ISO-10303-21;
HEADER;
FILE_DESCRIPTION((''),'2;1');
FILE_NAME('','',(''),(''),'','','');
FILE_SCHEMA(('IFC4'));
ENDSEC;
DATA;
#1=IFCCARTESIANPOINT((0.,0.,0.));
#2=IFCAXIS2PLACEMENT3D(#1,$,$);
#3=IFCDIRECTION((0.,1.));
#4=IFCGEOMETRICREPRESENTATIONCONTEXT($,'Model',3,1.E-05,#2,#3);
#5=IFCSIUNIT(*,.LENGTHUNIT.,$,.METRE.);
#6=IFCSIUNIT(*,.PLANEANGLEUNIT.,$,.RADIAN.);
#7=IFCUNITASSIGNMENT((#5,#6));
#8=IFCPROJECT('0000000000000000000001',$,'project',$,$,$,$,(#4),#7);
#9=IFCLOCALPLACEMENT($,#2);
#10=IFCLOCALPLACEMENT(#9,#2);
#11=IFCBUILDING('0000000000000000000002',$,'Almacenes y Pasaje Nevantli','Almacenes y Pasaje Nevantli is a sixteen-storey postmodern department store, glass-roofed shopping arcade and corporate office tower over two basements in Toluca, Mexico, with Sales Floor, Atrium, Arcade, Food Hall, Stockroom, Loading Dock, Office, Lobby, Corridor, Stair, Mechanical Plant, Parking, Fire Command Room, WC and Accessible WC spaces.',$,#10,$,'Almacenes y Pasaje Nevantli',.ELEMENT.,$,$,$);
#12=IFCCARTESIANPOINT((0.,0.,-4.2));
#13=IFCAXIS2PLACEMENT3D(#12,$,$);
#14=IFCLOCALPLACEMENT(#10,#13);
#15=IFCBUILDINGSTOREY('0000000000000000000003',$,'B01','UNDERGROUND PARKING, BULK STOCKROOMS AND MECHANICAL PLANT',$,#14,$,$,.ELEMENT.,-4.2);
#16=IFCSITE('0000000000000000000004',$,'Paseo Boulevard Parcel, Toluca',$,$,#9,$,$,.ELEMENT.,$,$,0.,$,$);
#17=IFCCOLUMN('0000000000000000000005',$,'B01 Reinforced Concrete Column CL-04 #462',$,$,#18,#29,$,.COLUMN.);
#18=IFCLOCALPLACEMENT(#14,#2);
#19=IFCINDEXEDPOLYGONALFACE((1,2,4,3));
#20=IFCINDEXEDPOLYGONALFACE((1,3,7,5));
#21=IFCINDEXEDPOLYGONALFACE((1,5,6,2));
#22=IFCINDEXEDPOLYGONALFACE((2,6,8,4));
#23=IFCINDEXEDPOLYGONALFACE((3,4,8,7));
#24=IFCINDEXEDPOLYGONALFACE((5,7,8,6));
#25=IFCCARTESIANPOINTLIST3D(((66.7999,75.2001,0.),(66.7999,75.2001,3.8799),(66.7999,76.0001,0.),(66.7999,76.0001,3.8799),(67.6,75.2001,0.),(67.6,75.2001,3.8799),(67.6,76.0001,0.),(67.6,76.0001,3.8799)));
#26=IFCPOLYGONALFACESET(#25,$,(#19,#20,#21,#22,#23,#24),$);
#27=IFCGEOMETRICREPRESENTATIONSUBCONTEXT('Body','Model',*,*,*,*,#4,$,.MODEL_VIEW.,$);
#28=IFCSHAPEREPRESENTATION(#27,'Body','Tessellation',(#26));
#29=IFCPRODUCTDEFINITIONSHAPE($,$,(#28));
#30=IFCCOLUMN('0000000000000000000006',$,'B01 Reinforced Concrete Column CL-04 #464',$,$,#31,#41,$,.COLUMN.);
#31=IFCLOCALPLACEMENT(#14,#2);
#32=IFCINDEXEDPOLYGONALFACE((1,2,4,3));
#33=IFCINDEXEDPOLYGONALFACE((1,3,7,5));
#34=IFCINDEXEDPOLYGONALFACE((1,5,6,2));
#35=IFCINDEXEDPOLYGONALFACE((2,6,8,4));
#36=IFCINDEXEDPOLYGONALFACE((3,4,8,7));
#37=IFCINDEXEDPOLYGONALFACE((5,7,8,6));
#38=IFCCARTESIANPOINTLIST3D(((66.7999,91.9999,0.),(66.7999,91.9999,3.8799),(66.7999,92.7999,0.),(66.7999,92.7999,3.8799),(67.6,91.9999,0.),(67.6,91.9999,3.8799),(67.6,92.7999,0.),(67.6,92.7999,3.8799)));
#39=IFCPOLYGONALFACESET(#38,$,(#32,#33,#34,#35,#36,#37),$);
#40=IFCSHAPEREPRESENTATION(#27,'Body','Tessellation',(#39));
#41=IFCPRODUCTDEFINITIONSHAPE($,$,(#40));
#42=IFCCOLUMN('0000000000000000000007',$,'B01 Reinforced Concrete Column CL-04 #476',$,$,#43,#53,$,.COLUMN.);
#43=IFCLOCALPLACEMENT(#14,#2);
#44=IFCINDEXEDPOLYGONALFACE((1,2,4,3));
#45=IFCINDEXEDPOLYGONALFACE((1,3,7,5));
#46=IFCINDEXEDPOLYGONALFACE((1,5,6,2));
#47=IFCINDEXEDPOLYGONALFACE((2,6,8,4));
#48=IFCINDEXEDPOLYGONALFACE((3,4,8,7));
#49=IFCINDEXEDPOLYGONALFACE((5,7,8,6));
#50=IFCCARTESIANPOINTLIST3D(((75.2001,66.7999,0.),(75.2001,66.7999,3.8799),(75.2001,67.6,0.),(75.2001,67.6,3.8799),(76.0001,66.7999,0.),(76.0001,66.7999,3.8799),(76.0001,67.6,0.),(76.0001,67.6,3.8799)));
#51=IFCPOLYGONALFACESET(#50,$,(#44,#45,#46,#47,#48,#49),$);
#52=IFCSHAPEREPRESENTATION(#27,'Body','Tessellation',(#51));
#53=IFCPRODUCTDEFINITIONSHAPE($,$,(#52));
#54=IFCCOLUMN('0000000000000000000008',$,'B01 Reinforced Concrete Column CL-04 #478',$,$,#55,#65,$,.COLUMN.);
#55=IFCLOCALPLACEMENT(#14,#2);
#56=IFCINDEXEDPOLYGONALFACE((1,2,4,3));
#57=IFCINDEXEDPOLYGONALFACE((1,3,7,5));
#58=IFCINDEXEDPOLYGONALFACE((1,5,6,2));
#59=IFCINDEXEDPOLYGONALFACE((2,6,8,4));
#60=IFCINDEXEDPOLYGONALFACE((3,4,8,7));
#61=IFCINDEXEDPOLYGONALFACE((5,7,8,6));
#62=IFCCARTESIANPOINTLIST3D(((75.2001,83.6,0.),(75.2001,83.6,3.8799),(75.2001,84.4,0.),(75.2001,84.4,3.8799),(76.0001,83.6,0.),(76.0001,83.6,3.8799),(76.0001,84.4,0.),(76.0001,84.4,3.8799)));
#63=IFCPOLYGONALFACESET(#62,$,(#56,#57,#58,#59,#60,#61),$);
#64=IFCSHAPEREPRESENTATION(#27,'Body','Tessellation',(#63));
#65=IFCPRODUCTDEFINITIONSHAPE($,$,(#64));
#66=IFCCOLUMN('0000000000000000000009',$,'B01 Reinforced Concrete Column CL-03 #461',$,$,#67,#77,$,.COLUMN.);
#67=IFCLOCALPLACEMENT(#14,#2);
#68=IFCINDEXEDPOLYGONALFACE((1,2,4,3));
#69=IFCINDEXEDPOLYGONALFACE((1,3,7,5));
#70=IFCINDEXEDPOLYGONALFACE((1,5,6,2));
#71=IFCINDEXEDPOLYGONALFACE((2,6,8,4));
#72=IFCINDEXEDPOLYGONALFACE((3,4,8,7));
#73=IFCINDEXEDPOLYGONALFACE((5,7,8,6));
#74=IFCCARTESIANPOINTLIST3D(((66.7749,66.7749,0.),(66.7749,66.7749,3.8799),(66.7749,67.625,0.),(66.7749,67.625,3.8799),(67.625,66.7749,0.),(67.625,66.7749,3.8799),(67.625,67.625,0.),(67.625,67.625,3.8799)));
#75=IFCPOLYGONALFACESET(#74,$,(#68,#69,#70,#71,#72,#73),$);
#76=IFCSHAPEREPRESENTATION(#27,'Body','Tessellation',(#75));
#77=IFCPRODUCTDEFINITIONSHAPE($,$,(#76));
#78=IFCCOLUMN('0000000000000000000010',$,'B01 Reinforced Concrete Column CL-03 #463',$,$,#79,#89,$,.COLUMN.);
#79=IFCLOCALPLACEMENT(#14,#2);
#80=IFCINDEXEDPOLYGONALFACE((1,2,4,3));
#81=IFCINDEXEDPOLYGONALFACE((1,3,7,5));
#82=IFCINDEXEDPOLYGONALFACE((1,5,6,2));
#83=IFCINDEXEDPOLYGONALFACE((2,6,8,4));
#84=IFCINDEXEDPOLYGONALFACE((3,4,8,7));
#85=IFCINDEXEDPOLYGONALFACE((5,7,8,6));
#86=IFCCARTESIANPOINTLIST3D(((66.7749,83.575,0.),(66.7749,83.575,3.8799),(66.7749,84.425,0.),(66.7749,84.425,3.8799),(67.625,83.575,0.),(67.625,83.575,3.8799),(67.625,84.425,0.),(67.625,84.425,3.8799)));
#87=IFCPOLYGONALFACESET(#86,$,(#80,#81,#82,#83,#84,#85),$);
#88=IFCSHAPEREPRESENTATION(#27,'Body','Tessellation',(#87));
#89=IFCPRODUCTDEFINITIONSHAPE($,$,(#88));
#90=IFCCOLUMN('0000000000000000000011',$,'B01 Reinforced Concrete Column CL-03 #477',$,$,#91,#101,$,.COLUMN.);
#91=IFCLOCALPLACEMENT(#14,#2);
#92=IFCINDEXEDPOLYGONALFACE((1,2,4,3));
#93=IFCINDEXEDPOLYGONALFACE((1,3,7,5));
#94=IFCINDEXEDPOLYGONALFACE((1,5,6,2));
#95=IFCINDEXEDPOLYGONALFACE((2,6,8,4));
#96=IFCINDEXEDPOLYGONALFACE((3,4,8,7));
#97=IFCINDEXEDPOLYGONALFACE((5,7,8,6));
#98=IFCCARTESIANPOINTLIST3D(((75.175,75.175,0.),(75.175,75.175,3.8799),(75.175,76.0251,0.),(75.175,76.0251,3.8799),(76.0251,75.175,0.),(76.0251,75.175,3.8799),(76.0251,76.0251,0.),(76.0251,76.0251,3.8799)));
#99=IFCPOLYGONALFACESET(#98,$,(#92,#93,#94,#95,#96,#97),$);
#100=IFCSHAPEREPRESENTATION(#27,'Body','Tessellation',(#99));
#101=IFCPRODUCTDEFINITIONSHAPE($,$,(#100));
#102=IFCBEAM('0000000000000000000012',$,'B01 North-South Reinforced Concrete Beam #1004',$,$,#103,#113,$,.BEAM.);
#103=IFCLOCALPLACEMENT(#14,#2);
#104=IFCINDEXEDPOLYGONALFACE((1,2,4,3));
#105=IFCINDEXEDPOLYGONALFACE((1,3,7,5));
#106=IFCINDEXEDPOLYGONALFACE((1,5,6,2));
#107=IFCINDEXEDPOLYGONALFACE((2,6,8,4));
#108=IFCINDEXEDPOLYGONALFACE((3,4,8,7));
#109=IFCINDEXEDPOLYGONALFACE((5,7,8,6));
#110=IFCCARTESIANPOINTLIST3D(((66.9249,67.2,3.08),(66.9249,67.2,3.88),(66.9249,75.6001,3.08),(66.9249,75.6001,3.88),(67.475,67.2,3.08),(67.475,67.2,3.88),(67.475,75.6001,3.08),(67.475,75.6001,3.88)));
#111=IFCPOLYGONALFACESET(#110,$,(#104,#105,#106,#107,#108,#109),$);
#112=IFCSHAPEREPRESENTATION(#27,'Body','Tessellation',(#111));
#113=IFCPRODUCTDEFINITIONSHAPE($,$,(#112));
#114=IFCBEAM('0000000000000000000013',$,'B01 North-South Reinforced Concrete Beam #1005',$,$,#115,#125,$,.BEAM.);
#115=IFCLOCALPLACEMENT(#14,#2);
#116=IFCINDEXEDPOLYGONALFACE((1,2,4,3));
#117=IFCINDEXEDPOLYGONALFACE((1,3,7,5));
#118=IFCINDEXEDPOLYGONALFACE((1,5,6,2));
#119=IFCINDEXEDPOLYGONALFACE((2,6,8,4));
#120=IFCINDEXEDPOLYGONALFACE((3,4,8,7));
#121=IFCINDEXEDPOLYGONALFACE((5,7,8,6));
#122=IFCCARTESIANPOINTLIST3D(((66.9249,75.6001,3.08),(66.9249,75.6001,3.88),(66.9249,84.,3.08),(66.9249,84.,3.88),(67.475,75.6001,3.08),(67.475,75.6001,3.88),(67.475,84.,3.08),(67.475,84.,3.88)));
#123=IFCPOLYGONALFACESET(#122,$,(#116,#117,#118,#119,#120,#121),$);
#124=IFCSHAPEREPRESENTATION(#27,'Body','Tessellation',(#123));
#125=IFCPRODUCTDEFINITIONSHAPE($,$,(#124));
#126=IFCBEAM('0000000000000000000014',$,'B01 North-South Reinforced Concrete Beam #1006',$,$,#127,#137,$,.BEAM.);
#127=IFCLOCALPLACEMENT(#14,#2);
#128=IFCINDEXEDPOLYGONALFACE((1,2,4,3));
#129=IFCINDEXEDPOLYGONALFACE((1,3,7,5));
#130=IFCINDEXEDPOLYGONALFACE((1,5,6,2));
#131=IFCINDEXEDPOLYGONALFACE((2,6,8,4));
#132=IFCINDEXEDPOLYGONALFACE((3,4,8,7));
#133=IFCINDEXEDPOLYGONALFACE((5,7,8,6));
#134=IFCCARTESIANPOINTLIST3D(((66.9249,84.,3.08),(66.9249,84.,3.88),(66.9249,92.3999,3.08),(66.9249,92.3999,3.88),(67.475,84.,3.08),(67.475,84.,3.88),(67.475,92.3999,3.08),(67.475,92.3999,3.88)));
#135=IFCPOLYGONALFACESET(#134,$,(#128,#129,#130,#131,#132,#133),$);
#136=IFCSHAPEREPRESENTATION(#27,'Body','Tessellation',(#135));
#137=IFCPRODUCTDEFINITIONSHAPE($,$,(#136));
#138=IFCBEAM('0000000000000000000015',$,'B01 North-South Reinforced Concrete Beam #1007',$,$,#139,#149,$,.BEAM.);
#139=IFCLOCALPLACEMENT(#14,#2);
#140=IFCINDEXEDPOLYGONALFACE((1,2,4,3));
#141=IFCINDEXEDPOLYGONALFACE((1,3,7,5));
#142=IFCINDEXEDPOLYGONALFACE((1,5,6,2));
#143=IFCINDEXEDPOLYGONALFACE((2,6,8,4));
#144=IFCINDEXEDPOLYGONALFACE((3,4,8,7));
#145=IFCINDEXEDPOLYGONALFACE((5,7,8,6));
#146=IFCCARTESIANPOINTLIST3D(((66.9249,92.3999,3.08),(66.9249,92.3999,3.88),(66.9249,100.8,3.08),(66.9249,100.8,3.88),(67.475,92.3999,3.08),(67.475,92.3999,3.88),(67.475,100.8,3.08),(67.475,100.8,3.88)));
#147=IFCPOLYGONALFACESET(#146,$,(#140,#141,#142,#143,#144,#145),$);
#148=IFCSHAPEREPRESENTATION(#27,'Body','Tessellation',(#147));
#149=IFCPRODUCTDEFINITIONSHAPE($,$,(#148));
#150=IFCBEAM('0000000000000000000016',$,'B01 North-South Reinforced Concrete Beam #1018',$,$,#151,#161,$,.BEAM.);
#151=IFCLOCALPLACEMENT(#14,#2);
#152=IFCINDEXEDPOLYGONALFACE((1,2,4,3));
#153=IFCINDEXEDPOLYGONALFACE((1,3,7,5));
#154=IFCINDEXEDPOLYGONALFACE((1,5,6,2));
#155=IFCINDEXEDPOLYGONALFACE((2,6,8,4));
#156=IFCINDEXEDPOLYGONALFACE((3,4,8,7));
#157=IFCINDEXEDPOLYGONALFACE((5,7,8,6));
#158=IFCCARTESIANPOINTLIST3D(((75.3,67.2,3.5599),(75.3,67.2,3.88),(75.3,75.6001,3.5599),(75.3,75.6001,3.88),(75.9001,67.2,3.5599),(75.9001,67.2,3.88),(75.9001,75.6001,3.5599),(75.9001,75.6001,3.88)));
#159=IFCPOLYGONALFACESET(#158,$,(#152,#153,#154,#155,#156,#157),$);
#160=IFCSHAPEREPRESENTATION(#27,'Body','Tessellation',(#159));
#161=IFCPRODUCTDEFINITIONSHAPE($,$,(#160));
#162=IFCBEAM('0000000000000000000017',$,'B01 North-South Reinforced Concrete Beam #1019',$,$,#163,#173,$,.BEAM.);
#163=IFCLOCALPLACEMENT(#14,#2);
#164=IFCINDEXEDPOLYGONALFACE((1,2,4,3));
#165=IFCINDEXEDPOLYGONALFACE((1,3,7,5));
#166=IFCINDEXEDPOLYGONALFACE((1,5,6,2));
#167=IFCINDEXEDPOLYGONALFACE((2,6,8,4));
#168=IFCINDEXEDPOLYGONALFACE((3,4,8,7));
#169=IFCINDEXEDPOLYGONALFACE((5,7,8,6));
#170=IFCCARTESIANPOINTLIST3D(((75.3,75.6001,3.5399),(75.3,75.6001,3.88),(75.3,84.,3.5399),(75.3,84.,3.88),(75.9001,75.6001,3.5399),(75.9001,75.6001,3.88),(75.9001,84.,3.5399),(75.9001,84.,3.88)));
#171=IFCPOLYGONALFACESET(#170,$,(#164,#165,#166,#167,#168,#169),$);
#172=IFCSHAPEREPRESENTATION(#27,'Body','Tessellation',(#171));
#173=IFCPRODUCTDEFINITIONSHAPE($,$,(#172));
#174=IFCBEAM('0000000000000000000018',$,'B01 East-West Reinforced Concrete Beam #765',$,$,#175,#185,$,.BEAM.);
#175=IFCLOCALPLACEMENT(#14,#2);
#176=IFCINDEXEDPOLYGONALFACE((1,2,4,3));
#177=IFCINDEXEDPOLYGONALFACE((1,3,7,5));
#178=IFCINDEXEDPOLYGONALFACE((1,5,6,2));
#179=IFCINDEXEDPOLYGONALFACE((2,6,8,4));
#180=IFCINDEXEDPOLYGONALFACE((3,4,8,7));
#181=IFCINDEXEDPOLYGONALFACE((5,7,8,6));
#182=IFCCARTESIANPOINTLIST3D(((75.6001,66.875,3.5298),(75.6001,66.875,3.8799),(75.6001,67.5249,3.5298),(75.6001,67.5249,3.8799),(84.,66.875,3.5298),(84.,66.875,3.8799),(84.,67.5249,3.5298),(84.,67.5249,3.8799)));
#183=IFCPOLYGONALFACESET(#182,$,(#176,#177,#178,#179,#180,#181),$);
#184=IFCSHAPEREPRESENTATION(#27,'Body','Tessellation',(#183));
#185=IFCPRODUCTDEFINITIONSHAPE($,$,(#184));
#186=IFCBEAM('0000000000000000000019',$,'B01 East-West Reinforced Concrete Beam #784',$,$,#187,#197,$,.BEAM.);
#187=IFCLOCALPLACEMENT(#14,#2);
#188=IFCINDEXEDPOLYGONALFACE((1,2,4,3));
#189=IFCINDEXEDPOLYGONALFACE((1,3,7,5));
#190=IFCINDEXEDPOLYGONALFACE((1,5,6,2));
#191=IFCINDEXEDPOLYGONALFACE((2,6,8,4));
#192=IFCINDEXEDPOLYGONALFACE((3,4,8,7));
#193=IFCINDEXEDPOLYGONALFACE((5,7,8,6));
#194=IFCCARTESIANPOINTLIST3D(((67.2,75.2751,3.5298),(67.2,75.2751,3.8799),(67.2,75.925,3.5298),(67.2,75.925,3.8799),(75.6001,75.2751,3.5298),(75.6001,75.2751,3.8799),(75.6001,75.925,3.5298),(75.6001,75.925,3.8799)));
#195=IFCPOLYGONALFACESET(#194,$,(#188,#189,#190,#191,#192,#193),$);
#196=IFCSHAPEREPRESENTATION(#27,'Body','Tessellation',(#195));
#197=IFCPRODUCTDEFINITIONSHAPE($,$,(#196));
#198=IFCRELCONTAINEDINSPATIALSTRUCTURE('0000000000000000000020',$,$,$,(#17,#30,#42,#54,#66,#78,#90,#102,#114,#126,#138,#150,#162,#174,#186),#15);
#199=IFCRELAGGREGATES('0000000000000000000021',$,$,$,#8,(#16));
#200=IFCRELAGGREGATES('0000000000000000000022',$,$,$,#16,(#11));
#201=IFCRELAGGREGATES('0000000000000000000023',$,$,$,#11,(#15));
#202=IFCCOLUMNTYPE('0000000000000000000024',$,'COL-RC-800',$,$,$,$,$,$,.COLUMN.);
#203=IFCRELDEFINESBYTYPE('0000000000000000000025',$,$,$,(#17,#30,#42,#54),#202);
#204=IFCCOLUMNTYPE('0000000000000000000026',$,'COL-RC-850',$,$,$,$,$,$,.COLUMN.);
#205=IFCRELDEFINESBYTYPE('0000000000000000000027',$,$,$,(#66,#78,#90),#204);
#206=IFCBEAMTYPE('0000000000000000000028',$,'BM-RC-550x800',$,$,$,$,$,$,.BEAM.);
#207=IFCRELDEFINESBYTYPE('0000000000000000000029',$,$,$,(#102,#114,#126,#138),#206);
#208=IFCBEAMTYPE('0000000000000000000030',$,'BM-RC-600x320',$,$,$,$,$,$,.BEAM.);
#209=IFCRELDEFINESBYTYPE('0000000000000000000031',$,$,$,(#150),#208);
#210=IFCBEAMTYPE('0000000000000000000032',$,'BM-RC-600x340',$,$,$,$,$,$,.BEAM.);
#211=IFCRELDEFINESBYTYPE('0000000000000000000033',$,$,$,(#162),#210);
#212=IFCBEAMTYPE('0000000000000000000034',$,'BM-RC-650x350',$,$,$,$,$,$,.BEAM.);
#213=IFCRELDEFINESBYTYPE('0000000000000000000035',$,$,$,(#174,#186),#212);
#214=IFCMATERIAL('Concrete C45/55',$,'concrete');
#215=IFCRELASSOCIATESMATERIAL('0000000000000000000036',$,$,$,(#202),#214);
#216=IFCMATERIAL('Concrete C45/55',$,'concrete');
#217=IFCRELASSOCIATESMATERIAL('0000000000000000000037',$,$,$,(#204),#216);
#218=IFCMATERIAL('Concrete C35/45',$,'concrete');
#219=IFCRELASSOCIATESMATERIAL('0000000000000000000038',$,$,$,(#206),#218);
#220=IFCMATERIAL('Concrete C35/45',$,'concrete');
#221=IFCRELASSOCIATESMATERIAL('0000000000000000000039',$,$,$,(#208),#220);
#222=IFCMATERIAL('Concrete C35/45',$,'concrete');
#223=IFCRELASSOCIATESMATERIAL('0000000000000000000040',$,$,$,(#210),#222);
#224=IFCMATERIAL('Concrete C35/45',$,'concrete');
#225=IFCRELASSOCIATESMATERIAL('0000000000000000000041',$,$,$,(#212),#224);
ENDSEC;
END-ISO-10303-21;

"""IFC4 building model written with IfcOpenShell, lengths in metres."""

from ifc_helpers import new_model, si_unit, direction, frame, origin, origin_2d, place, context, subcontext, project, spatial, rectangle, extrude, material, material_profile, profile_set, type_object, element, save


model = new_model("IFC4")

# Units and contexts
model_context = context("Model", 3, precision=1e-05, world=origin(), true_north=direction((0.0, 1.0)))
body_context = subcontext(model_context, "Body", "Model", "MODEL_VIEW")
ifc_project = project(units=[si_unit("LENGTHUNIT", "METRE"), si_unit("PLANEANGLEUNIT", "RADIAN")], contexts=[model_context])

# Site, building, storey
site_placement = place(None, origin())
site = spatial("IfcSite", under=ifc_project, at=site_placement, Name="Paseo Boulevard Parcel, Toluca", CompositionType="ELEMENT", RefElevation=0.0)
building_placement = place(site_placement, origin())
building = spatial("IfcBuilding", under=site, at=building_placement, Name="Almacenes y Pasaje Nevantli", Description="Almacenes y Pasaje Nevantli is a sixteen-storey postmodern department store, glass-roofed shopping arcade and corporate office tower over two basements in Toluca, Mexico, with Sales Floor, Atrium, Arcade, Food Hall, Stockroom, Loading Dock, Office, Lobby, Corridor, Stair, Mechanical Plant, Parking, Fire Command Room, WC and Accessible WC spaces.", LongName="Almacenes y Pasaje Nevantli", CompositionType="ELEMENT")
storey_placement = place(building_placement, frame((0.0, 0.0, -4.2)))
storey = spatial("IfcBuildingStorey", under=building, at=storey_placement, Name="B01", Description="UNDERGROUND PARKING, BULK STOCKROOMS AND MECHANICAL PLANT", CompositionType="ELEMENT", Elevation=-4.2)

# Columns
ifc_material_1 = material(Name="Concrete C45/55", Category="concrete")
ifc_material_profile_1 = material_profile(ifc_material_1, rectangle(XDim=0.8, YDim=0.8, at=origin_2d()), Name="RC-COL-800x800")
ifc_profile_set_1 = profile_set([ifc_material_profile_1], Name="Concrete C45/55")
column_type_1 = type_object("IfcColumnType", Name="COL-RC-800", PredefinedType="COLUMN", material=ifc_profile_set_1)
for number, where, z_axis, x_axis, name in (
    (1, (67.2, 75.6001, 0.0), (0.0, 0.0, 1.0), (1.0, 0.0, 0.0), "B01 Reinforced Concrete Column CL-04 #462"),
    (2, (67.2, 92.3999, 0.0), (0.0, 0.0, 1.0), (1.0, 0.0, 0.0), "B01 Reinforced Concrete Column CL-04 #464"),
    (3, (75.6001, 67.2, 0.0), (0.0, 0.0, 1.0), (1.0, 0.0, 0.0), "B01 Reinforced Concrete Column CL-04 #476"),
    (4, (75.6001, 84.0, 0.0), (0.0, 0.0, 1.0), (1.0, 0.0, 0.0), "B01 Reinforced Concrete Column CL-04 #478"),
):
    element("IfcColumn", number, at=place(storey_placement, frame(where, z_axis=z_axis, x_axis=x_axis)), inside=storey, type_object=column_type_1, Name=name, PredefinedType="COLUMN", context=body_context, shape_type="SweptSolid", body=[
        extrude(rectangle(XDim=0.8, YDim=0.8, at=origin_2d()), origin(), (0.0, 0.0, 1.0), 3.8799),
    ])
ifc_material_2 = material(Name="Concrete C45/55", Category="concrete")
ifc_material_profile_2 = material_profile(ifc_material_2, rectangle(XDim=0.8501, YDim=0.8501, at=origin_2d()), Name="RC-COL-850x850")
ifc_profile_set_2 = profile_set([ifc_material_profile_2], Name="Concrete C45/55")
column_type_2 = type_object("IfcColumnType", Name="COL-RC-850", PredefinedType="COLUMN", material=ifc_profile_set_2)
for number, where, z_axis, x_axis, name in (
    (5, (67.2, 67.2, 0.0), (0.0, 0.0, 1.0), (1.0, 0.0, 0.0), "B01 Reinforced Concrete Column CL-03 #461"),
    (6, (67.2, 84.0, 0.0), (0.0, 0.0, 1.0), (1.0, 0.0, 0.0), "B01 Reinforced Concrete Column CL-03 #463"),
    (7, (75.6001, 75.6001, 0.0), (0.0, 0.0, 1.0), (1.0, 0.0, 0.0), "B01 Reinforced Concrete Column CL-03 #477"),
):
    element("IfcColumn", number, at=place(storey_placement, frame(where, z_axis=z_axis, x_axis=x_axis)), inside=storey, type_object=column_type_2, Name=name, PredefinedType="COLUMN", context=body_context, shape_type="SweptSolid", body=[
        extrude(rectangle(XDim=0.8501, YDim=0.8501, at=origin_2d()), origin(), (0.0, 0.0, 1.0), 3.8799),
    ])

# Beams
ifc_material_3 = material(Name="Concrete C35/45", Category="concrete")
ifc_material_profile_3 = material_profile(ifc_material_3, rectangle(XDim=0.55, YDim=0.8, at=origin_2d()), Name="RC-BM-550x800")
ifc_profile_set_3 = profile_set([ifc_material_profile_3], Name="Concrete C35/45")
beam_type_1 = type_object("IfcBeamType", Name="BM-RC-550x800", PredefinedType="BEAM", material=ifc_profile_set_3)
beam_1_placement = place(storey_placement, frame((67.2, 67.2, 3.48), z_axis=(0.0, 1.0, 0.0), x_axis=(-1.0, 0.0, 0.0)))
element("IfcBeam", 8, at=beam_1_placement, inside=storey, type_object=beam_type_1, Name="B01 North-South Reinforced Concrete Beam #1004", PredefinedType="BEAM", context=body_context, shape_type="SweptSolid", body=[
    extrude(rectangle(XDim=0.55, YDim=0.8, at=origin_2d()), origin(), (0.0, 0.0, 1.0), 8.4001),
])
for number, where, z_axis, x_axis, name in (
    (9, (67.2, 75.6001, 3.48), (0.0, 1.0, 0.0), (-1.0, 0.0, 0.0), "B01 North-South Reinforced Concrete Beam #1005"),
    (10, (67.2, 84.0, 3.48), (0.0, 1.0, 0.0), (-1.0, 0.0, 0.0), "B01 North-South Reinforced Concrete Beam #1006"),
):
    element("IfcBeam", number, at=place(storey_placement, frame(where, z_axis=z_axis, x_axis=x_axis)), inside=storey, type_object=beam_type_1, Name=name, PredefinedType="BEAM", context=body_context, shape_type="SweptSolid", body=[
        extrude(rectangle(XDim=0.55, YDim=0.8, at=origin_2d()), origin(), (0.0, 0.0, 1.0), 8.3999),
    ])
beam_2_placement = place(storey_placement, frame((67.2, 92.3999, 3.48), z_axis=(0.0, 1.0, 0.0), x_axis=(-1.0, 0.0, 0.0)))
element("IfcBeam", 11, at=beam_2_placement, inside=storey, type_object=beam_type_1, Name="B01 North-South Reinforced Concrete Beam #1007", PredefinedType="BEAM", context=body_context, shape_type="SweptSolid", body=[
    extrude(rectangle(XDim=0.55, YDim=0.8, at=origin_2d()), origin(), (0.0, 0.0, 1.0), 8.4001),
])
ifc_material_4 = material(Name="Concrete C35/45", Category="concrete")
ifc_material_profile_4 = material_profile(ifc_material_4, rectangle(XDim=0.6001, YDim=0.3201, at=origin_2d()), Name="RC-BM-600x320")
ifc_profile_set_4 = profile_set([ifc_material_profile_4], Name="Concrete C35/45")
beam_type_2 = type_object("IfcBeamType", Name="BM-RC-600x320", PredefinedType="BEAM", material=ifc_profile_set_4)
beam_3_placement = place(storey_placement, frame((75.6001, 67.2, 3.72), z_axis=(0.0, 1.0, 0.0), x_axis=(-1.0, 0.0, 0.0)))
element("IfcBeam", 12, at=beam_3_placement, inside=storey, type_object=beam_type_2, Name="B01 North-South Reinforced Concrete Beam #1018", PredefinedType="BEAM", context=body_context, shape_type="SweptSolid", body=[
    extrude(rectangle(XDim=0.6001, YDim=0.3201, at=origin_2d()), origin(), (0.0, 0.0, 1.0), 8.4001),
])
ifc_material_5 = material(Name="Concrete C35/45", Category="concrete")
ifc_material_profile_5 = material_profile(ifc_material_5, rectangle(XDim=0.6001, YDim=0.3401, at=origin_2d()), Name="RC-BM-600x340")
ifc_profile_set_5 = profile_set([ifc_material_profile_5], Name="Concrete C35/45")
beam_type_3 = type_object("IfcBeamType", Name="BM-RC-600x340", PredefinedType="BEAM", material=ifc_profile_set_5)
beam_4_placement = place(storey_placement, frame((75.6001, 75.6001, 3.71), z_axis=(0.0, 1.0, 0.0), x_axis=(-1.0, 0.0, 0.0)))
element("IfcBeam", 13, at=beam_4_placement, inside=storey, type_object=beam_type_3, Name="B01 North-South Reinforced Concrete Beam #1019", PredefinedType="BEAM", context=body_context, shape_type="SweptSolid", body=[
    extrude(rectangle(XDim=0.6001, YDim=0.3401, at=origin_2d()), origin(), (0.0, 0.0, 1.0), 8.3999),
])
ifc_material_6 = material(Name="Concrete C35/45", Category="concrete")
ifc_material_profile_6 = material_profile(ifc_material_6, rectangle(XDim=0.6499, YDim=0.3501, at=origin_2d()), Name="RC-BM-650x350")
ifc_profile_set_6 = profile_set([ifc_material_profile_6], Name="Concrete C35/45")
beam_type_4 = type_object("IfcBeamType", Name="BM-RC-650x350", PredefinedType="BEAM", material=ifc_profile_set_6)
beam_5_placement = place(storey_placement, frame((75.6001, 67.2, 3.7048), z_axis=(1.0, 0.0, 0.0), x_axis=(0.0, 1.0, 0.0)))
element("IfcBeam", 14, at=beam_5_placement, inside=storey, type_object=beam_type_4, Name="B01 East-West Reinforced Concrete Beam #765", PredefinedType="BEAM", context=body_context, shape_type="SweptSolid", body=[
    extrude(rectangle(XDim=0.6499, YDim=0.3501, at=origin_2d()), origin(), (0.0, 0.0, 1.0), 8.3999),
])
beam_6_placement = place(storey_placement, frame((67.2, 75.6001, 3.7048), z_axis=(1.0, 0.0, 0.0), x_axis=(0.0, 1.0, 0.0)))
element("IfcBeam", 15, at=beam_6_placement, inside=storey, type_object=beam_type_4, Name="B01 East-West Reinforced Concrete Beam #784", PredefinedType="BEAM", context=body_context, shape_type="SweptSolid", body=[
    extrude(rectangle(XDim=0.6499, YDim=0.3501, at=origin_2d()), origin(), (0.0, 0.0, 1.0), 8.4001),
])

save(model, "model.ifc")
